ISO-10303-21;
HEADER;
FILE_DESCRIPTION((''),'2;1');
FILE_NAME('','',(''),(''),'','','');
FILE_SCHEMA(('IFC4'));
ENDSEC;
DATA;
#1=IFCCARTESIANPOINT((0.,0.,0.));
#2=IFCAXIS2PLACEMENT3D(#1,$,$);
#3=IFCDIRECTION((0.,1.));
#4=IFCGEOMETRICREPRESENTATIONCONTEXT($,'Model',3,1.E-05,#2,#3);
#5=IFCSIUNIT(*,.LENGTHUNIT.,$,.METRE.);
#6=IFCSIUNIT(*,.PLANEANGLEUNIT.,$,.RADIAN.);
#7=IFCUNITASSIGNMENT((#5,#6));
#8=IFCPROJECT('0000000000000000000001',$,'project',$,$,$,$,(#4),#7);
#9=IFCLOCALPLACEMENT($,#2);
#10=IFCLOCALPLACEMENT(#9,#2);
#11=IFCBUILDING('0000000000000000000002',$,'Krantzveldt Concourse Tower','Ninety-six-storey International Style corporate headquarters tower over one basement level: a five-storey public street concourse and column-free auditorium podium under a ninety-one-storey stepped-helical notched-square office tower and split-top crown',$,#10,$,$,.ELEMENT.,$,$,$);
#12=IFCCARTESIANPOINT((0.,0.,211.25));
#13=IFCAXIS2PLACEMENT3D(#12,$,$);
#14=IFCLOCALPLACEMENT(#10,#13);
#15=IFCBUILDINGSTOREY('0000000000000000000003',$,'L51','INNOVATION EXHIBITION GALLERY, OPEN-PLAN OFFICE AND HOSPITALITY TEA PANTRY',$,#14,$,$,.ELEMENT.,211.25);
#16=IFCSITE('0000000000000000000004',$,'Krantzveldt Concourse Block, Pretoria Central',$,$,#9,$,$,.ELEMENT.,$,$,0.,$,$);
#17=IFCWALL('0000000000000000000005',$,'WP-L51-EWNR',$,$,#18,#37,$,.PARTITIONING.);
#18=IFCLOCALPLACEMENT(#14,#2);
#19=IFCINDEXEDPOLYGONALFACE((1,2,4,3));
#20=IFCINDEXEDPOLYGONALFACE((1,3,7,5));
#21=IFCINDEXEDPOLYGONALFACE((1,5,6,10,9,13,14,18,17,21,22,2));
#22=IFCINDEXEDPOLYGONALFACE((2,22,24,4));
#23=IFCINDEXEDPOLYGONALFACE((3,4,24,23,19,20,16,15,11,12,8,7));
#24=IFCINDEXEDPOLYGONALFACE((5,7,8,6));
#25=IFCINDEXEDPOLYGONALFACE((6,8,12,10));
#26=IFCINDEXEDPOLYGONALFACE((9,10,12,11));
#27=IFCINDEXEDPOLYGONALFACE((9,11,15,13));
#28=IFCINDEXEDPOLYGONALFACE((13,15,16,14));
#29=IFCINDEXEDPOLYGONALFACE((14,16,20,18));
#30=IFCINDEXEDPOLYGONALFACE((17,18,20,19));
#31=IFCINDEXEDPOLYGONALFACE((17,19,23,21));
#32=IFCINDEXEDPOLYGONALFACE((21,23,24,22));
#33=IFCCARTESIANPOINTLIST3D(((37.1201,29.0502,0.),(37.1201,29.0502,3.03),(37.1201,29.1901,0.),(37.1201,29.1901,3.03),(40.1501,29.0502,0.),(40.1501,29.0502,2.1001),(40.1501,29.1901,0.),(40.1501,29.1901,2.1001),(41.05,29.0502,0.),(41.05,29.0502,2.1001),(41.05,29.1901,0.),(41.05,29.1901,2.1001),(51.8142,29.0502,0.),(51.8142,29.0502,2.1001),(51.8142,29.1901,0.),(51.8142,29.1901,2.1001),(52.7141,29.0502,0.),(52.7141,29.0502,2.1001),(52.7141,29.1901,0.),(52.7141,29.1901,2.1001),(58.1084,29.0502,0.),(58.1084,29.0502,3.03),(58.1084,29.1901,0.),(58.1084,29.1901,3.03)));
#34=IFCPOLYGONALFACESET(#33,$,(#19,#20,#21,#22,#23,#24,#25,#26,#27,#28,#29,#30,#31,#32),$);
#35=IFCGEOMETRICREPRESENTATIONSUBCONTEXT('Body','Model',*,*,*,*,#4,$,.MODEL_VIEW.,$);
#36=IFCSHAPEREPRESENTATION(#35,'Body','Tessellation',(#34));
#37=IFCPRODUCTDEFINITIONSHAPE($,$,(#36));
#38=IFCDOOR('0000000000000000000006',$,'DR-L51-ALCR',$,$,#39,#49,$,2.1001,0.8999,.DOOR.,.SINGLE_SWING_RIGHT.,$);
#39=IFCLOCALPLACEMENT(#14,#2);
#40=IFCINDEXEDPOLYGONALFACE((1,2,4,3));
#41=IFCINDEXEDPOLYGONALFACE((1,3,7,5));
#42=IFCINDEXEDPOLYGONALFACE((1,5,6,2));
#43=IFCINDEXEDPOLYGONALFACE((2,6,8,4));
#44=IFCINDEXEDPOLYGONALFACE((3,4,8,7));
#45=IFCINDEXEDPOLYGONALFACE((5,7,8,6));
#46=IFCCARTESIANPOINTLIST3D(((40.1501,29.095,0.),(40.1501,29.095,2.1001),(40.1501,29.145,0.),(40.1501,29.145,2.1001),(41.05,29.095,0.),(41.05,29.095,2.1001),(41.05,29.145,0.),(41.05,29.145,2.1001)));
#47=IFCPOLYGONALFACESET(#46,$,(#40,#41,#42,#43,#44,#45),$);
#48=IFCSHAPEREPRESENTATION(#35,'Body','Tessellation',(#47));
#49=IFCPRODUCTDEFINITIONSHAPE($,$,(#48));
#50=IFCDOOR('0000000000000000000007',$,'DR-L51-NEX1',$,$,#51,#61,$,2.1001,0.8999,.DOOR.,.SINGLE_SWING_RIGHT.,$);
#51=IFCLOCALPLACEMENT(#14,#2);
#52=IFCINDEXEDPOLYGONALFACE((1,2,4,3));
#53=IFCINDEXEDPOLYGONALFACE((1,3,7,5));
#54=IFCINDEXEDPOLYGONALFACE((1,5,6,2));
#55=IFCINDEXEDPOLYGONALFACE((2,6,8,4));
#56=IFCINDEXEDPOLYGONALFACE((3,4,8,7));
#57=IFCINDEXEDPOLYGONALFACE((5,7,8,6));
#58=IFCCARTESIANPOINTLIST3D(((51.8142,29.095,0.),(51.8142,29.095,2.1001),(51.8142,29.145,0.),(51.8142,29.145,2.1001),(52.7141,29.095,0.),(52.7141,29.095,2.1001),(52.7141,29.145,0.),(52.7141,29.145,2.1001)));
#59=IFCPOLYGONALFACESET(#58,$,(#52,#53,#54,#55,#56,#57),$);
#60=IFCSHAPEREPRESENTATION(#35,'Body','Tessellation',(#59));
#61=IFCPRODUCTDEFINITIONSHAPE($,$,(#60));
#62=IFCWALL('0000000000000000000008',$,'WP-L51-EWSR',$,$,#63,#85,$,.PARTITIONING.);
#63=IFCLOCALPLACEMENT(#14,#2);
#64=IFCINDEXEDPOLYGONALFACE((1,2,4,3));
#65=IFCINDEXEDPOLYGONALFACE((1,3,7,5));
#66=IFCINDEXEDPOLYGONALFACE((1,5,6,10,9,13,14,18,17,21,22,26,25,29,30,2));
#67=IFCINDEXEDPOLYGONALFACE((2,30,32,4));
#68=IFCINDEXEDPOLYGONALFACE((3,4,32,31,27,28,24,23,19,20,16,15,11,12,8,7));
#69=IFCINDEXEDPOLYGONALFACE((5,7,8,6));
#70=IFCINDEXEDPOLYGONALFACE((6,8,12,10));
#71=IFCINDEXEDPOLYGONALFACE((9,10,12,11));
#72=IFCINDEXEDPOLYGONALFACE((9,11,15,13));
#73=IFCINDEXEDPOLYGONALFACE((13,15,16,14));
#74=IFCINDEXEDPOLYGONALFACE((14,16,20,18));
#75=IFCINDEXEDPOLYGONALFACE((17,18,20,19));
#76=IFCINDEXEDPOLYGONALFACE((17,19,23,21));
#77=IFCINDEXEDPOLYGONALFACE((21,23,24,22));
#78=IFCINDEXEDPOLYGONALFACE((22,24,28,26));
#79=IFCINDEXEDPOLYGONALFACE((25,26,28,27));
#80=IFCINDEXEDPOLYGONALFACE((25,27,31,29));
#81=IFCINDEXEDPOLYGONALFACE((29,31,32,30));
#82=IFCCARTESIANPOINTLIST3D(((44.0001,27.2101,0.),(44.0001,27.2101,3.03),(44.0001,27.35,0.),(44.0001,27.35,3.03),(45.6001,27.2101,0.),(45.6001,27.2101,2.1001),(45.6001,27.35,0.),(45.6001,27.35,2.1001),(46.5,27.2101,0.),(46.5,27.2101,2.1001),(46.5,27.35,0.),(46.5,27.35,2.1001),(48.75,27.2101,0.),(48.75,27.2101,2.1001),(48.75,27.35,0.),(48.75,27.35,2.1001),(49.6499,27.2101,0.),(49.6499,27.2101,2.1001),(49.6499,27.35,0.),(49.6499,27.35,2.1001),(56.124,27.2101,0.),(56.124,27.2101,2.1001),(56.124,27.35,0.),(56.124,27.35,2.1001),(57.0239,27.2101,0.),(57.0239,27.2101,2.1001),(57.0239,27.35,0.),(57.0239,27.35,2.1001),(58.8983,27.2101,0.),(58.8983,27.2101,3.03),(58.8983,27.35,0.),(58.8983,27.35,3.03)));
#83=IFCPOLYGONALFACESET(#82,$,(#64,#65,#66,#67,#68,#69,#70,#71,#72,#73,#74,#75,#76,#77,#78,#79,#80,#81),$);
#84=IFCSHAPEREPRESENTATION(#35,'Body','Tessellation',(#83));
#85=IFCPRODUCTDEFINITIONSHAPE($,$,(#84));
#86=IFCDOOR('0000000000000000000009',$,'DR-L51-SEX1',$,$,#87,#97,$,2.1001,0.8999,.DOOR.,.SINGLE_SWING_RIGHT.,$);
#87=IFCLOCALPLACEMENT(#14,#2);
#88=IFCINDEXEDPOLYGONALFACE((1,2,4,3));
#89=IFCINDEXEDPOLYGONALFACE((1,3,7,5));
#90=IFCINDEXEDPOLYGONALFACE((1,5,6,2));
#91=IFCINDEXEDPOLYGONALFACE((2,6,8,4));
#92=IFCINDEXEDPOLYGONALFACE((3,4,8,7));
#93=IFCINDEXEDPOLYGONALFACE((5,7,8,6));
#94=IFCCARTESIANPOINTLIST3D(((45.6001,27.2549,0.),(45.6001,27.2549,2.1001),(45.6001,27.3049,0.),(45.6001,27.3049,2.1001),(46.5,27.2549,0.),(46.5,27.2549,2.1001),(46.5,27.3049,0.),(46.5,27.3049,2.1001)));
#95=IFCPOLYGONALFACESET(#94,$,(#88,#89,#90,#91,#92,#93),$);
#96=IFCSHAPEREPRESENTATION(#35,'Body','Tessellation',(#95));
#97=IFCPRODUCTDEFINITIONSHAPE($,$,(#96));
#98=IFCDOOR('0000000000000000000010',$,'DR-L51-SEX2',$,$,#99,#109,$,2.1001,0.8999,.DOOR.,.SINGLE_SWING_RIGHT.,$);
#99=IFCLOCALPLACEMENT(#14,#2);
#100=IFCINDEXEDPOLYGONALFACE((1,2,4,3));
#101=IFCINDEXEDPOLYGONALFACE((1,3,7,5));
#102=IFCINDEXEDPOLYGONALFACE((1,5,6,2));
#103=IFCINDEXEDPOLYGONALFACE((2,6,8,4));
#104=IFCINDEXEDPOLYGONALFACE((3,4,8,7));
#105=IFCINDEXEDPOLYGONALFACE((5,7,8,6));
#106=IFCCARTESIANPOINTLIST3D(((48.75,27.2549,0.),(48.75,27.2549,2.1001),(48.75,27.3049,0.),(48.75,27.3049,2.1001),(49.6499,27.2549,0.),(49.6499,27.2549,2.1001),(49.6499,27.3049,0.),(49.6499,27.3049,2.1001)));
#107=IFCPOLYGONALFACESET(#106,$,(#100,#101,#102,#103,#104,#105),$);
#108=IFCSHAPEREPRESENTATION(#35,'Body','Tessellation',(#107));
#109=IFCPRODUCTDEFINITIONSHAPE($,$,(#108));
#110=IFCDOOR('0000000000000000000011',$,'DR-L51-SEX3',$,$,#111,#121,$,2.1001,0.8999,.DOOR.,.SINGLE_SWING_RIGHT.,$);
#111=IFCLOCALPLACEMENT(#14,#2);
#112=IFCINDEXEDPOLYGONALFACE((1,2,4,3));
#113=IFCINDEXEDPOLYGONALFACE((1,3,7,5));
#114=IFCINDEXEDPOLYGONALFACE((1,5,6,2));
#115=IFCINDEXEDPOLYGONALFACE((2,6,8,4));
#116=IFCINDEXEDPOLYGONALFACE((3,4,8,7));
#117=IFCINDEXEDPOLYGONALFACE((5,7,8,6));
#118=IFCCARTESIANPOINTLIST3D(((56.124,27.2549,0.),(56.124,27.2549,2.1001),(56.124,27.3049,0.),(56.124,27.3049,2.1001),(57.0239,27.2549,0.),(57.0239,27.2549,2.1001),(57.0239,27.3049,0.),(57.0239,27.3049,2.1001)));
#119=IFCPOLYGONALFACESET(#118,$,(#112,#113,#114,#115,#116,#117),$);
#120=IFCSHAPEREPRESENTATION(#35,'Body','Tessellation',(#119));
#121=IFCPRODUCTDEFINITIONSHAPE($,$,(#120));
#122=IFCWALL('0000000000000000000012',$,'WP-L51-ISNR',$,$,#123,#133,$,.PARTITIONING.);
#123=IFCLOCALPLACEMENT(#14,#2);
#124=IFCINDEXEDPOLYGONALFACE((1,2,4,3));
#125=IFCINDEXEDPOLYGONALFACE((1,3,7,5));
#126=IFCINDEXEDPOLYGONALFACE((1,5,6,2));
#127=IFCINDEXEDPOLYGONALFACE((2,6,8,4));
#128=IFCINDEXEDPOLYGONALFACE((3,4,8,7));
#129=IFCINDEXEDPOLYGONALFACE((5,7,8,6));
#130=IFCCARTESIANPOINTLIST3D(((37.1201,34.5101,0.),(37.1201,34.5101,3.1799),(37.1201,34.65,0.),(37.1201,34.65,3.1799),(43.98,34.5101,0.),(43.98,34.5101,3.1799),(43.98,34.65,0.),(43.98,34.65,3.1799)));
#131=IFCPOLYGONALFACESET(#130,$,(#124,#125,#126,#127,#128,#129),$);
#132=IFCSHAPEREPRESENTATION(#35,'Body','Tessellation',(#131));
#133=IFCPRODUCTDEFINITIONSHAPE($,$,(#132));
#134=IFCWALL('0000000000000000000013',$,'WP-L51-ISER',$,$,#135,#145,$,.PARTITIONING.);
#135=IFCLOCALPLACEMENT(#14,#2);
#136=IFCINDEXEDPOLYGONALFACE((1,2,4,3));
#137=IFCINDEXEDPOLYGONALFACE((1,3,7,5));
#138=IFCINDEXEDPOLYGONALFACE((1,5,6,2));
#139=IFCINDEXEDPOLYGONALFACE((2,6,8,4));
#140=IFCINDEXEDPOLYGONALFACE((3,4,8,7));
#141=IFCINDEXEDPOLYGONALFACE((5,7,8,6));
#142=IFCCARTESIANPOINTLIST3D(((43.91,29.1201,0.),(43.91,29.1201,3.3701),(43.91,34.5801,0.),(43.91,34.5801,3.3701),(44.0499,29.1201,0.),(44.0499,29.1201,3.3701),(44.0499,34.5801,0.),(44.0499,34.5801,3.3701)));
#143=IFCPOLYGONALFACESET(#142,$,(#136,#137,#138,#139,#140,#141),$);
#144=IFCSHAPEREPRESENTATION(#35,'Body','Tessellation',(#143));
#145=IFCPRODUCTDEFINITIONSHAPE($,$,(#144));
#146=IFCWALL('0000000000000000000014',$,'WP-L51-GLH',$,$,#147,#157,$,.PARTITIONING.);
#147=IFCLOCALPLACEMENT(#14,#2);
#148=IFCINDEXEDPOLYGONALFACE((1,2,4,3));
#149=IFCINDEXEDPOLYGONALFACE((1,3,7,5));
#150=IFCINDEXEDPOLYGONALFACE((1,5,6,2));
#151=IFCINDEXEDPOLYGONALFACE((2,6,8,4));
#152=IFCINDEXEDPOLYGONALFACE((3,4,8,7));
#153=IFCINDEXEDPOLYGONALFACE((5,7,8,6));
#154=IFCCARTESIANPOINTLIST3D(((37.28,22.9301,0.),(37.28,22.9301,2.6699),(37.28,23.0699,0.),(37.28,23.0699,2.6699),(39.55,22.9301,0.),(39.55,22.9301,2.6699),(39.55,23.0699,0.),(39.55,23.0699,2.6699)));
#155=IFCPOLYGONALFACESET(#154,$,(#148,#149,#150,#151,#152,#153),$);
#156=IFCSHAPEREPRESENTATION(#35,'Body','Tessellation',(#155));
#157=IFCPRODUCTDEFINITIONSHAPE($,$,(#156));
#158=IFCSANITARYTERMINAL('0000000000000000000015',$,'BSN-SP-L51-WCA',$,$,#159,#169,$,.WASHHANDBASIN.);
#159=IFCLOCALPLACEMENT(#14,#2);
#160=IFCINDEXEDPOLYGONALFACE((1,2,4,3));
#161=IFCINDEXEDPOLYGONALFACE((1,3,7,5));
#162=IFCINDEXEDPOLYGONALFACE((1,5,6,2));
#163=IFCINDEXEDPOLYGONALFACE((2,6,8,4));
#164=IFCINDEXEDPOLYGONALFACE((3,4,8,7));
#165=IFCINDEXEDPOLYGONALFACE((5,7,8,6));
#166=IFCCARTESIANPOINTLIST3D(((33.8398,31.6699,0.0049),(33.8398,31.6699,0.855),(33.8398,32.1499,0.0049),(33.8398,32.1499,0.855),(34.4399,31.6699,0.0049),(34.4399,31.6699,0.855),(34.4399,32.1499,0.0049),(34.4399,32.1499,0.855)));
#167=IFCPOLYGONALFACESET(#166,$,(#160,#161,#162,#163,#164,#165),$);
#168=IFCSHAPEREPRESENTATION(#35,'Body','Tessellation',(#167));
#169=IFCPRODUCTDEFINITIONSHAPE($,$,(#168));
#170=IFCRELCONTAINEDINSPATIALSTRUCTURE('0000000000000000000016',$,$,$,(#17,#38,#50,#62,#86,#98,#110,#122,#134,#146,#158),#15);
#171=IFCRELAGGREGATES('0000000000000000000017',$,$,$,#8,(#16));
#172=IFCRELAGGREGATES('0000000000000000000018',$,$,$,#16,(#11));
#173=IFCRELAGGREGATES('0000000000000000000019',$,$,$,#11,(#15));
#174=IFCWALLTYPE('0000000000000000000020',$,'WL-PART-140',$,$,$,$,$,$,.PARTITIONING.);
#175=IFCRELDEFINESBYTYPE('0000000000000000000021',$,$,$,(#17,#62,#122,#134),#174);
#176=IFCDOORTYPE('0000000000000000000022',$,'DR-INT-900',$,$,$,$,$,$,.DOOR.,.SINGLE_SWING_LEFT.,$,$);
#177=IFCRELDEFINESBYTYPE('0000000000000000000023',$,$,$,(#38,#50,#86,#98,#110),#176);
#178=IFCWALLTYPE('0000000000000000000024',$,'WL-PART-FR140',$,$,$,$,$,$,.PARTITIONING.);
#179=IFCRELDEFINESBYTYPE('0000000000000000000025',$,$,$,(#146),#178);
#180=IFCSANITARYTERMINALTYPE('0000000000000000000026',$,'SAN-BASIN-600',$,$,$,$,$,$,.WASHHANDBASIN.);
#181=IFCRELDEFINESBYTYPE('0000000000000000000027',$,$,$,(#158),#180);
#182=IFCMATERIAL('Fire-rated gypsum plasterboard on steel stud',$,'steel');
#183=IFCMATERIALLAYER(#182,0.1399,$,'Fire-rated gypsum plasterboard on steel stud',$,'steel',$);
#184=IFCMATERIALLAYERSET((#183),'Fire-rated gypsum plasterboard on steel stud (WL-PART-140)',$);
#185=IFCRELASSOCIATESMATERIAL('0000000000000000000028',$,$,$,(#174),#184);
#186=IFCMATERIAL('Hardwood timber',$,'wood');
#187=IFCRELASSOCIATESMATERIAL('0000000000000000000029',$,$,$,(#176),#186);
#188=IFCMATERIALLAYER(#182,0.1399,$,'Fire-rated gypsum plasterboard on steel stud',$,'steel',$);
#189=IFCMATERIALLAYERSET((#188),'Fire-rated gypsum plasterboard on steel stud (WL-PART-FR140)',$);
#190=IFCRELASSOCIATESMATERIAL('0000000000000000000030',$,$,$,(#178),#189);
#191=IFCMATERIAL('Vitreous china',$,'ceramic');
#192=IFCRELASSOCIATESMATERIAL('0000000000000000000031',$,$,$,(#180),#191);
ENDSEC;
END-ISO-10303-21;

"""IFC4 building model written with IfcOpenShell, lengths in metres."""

from ifc_helpers import new_model, si_unit, direction, frame, frame_2d, origin, origin_2d, place, context, subcontext, project, spatial, rectangle, extrude, source, transform, mapped, material, layer, layer_set, type_object, type_shapes, element, fill, save


model = new_model("IFC4")

# Units and contexts
model_context = context("Model", 3, precision=1e-05, world=origin(), true_north=direction((0.0, 1.0)))
body_context = subcontext(model_context, "Body", "Model", "MODEL_VIEW")
ifc_project = project(units=[si_unit("LENGTHUNIT", "METRE"), si_unit("PLANEANGLEUNIT", "RADIAN")], contexts=[model_context])

# Site, building, storey
site_placement = place(None, origin())
site = spatial("IfcSite", under=ifc_project, at=site_placement, Name="Krantzveldt Concourse Block, Pretoria Central", CompositionType="ELEMENT", RefElevation=0.0)
building_placement = place(site_placement, origin())
building = spatial("IfcBuilding", under=site, at=building_placement, Name="Krantzveldt Concourse Tower", Description="Ninety-six-storey International Style corporate headquarters tower over one basement level: a five-storey public street concourse and column-free auditorium podium under a ninety-one-storey stepped-helical notched-square office tower and split-top crown", CompositionType="ELEMENT")
storey_placement = place(building_placement, frame((0.0, 0.0, 211.25)))
storey = spatial("IfcBuildingStorey", under=building, at=storey_placement, Name="L51", Description="INNOVATION EXHIBITION GALLERY, OPEN-PLAN OFFICE AND HOSPITALITY TEA PANTRY", CompositionType="ELEMENT", Elevation=211.25)

# Shared definitions
ifc_material_1 = material(Name="Fire-rated gypsum plasterboard on steel stud", Category="steel")

# Walls, openings, doors
ifc_layer_1 = layer(ifc_material_1, 0.1399, Name="Fire-rated gypsum plasterboard on steel stud", Category="steel")
ifc_layer_set_1 = layer_set([ifc_layer_1], Name="Fire-rated gypsum plasterboard on steel stud (WL-PART-140)")
wall_type_1 = type_object("IfcWallType", Name="WL-PART-140", PredefinedType="PARTITIONING", material=ifc_layer_set_1)
ifc_material_2 = material(Name="Hardwood timber", Category="wood")
door_type_1 = type_object("IfcDoorType", Name="DR-INT-900", OperationType="SINGLE_SWING_LEFT", PredefinedType="DOOR", material=ifc_material_2)
wall_1_placement = place(storey_placement, frame((37.1201, 29.1201, 0.0), z_axis=(0.0, 0.0, 1.0), x_axis=(1.0, 0.0, 0.0)))
wall_1 = element("IfcWall", 1, at=wall_1_placement, inside=storey, type_object=wall_type_1, Name="WP-L51-EWNR", PredefinedType="PARTITIONING", context=body_context, shape_type="SweptSolid", body=[
    extrude(rectangle(XDim=20.9883, YDim=0.1399, at=frame_2d((10.4941, 0.0))), origin(), (0.0, 0.0, 1.0), 3.03),
])
opening_1_placement = place(wall_1_placement, frame((3.03, 0.0, 0.0)))
opening_1 = element("IfcOpeningElement", 2, at=opening_1_placement, cuts=wall_1, PredefinedType="OPENING", context=body_context, shape_type="SweptSolid", body=[
    extrude(rectangle(XDim=0.8999, YDim=2.1001, at=frame_2d((0.45, 1.05))), frame((0.0, 0.0801, 0.0), z_axis=(0.0, -1.0, 0.0), x_axis=(1.0, 0.0, 0.0)), (0.0, 0.0, 1.0), 0.1599),
])
opening_2_placement = place(wall_1_placement, frame((14.6941, 0.0, 0.0)))
opening_2 = element("IfcOpeningElement", 3, at=opening_2_placement, cuts=wall_1, PredefinedType="OPENING", context=body_context, shape_type="SweptSolid", body=[
    extrude(rectangle(XDim=0.8999, YDim=2.1001, at=frame_2d((0.45, 1.05))), frame((0.0, 0.0801, 0.0), z_axis=(0.0, -1.0, 0.0), x_axis=(1.0, 0.0, 0.0)), (0.0, 0.0, 1.0), 0.1599),
])
door_1_placement = place(opening_1_placement, origin())
door_1 = element("IfcDoor", 4, at=door_1_placement, inside=storey, type_object=door_type_1, Name="DR-L51-ALCR", OperationType="SINGLE_SWING_RIGHT", OverallHeight=2.1001, OverallWidth=0.8999, PredefinedType="DOOR", context=body_context, shape_type="SweptSolid", body=[
    extrude(rectangle(XDim=0.8999, YDim=2.1001, at=frame_2d((0.45, 1.05))), frame((0.0, 0.0249, 0.0), z_axis=(0.0, -1.0, 0.0), x_axis=(1.0, 0.0, 0.0)), (0.0, 0.0, 1.0), 0.05),
])
fill(opening_1, door_1)
door_2_placement = place(opening_2_placement, origin())
door_2 = element("IfcDoor", 5, at=door_2_placement, inside=storey, type_object=door_type_1, Name="DR-L51-NEX1", OperationType="SINGLE_SWING_RIGHT", OverallHeight=2.1001, OverallWidth=0.8999, PredefinedType="DOOR", context=body_context, shape_type="SweptSolid", body=[
    extrude(rectangle(XDim=0.8999, YDim=2.1001, at=frame_2d((0.45, 1.05))), frame((0.0, 0.0249, 0.0), z_axis=(0.0, -1.0, 0.0), x_axis=(1.0, 0.0, 0.0)), (0.0, 0.0, 1.0), 0.05),
])
fill(opening_2, door_2)
wall_2_placement = place(storey_placement, frame((44.0, 27.28, 0.0), z_axis=(0.0, 0.0, 1.0), x_axis=(1.0, 0.0, 0.0)))
wall_2 = element("IfcWall", 6, at=wall_2_placement, inside=storey, type_object=wall_type_1, Name="WP-L51-EWSR", PredefinedType="PARTITIONING", context=body_context, shape_type="SweptSolid", body=[
    extrude(rectangle(XDim=14.8982, YDim=0.1399, at=frame_2d((7.4492, 0.0))), origin(), (0.0, 0.0, 1.0), 3.03),
])
opening_3_placement = place(wall_2_placement, frame((1.6001, 0.0, 0.0)))
opening_3 = element("IfcOpeningElement", 7, at=opening_3_placement, cuts=wall_2, PredefinedType="OPENING", context=body_context, shape_type="SweptSolid", body=[
    extrude(rectangle(XDim=0.8999, YDim=2.1001, at=frame_2d((0.45, 1.05))), frame((0.0, 0.0801, 0.0), z_axis=(0.0, -1.0, 0.0), x_axis=(1.0, 0.0, 0.0)), (0.0, 0.0, 1.0), 0.1599),
])
opening_4_placement = place(wall_2_placement, frame((4.75, 0.0, 0.0)))
opening_4 = element("IfcOpeningElement", 8, at=opening_4_placement, cuts=wall_2, PredefinedType="OPENING", context=body_context, shape_type="SweptSolid", body=[
    extrude(rectangle(XDim=0.8999, YDim=2.1001, at=frame_2d((0.45, 1.05))), frame((0.0, 0.0801, 0.0), z_axis=(0.0, -1.0, 0.0), x_axis=(1.0, 0.0, 0.0)), (0.0, 0.0, 1.0), 0.1599),
])
opening_5_placement = place(wall_2_placement, frame((12.124, 0.0, 0.0)))
opening_5 = element("IfcOpeningElement", 9, at=opening_5_placement, cuts=wall_2, PredefinedType="OPENING", context=body_context, shape_type="SweptSolid", body=[
    extrude(rectangle(XDim=0.8999, YDim=2.1001, at=frame_2d((0.45, 1.05))), frame((0.0, 0.0801, 0.0), z_axis=(0.0, -1.0, 0.0), x_axis=(1.0, 0.0, 0.0)), (0.0, 0.0, 1.0), 0.1599),
])
door_3_placement = place(opening_3_placement, origin())
door_3 = element("IfcDoor", 10, at=door_3_placement, inside=storey, type_object=door_type_1, Name="DR-L51-SEX1", OperationType="SINGLE_SWING_RIGHT", OverallHeight=2.1001, OverallWidth=0.8999, PredefinedType="DOOR", context=body_context, shape_type="SweptSolid", body=[
    extrude(rectangle(XDim=0.8999, YDim=2.1001, at=frame_2d((0.45, 1.05))), frame((0.0, 0.0249, 0.0), z_axis=(0.0, -1.0, 0.0), x_axis=(1.0, 0.0, 0.0)), (0.0, 0.0, 1.0), 0.05),
])
fill(opening_3, door_3)
door_4_placement = place(opening_4_placement, origin())
door_4 = element("IfcDoor", 11, at=door_4_placement, inside=storey, type_object=door_type_1, Name="DR-L51-SEX2", OperationType="SINGLE_SWING_RIGHT", OverallHeight=2.1001, OverallWidth=0.8999, PredefinedType="DOOR", context=body_context, shape_type="SweptSolid", body=[
    extrude(rectangle(XDim=0.8999, YDim=2.1001, at=frame_2d((0.45, 1.05))), frame((0.0, 0.0249, 0.0), z_axis=(0.0, -1.0, 0.0), x_axis=(1.0, 0.0, 0.0)), (0.0, 0.0, 1.0), 0.05),
])
fill(opening_4, door_4)
door_5_placement = place(opening_5_placement, origin())
door_5 = element("IfcDoor", 12, at=door_5_placement, inside=storey, type_object=door_type_1, Name="DR-L51-SEX3", OperationType="SINGLE_SWING_RIGHT", OverallHeight=2.1001, OverallWidth=0.8999, PredefinedType="DOOR", context=body_context, shape_type="SweptSolid", body=[
    extrude(rectangle(XDim=0.8999, YDim=2.1001, at=frame_2d((0.45, 1.05))), frame((0.0, 0.0249, 0.0), z_axis=(0.0, -1.0, 0.0), x_axis=(1.0, 0.0, 0.0)), (0.0, 0.0, 1.0), 0.05),
])
fill(opening_5, door_5)

# Walls
wall_3_placement = place(storey_placement, frame((37.1201, 34.5801, 0.0), z_axis=(0.0, 0.0, 1.0), x_axis=(1.0, 0.0, 0.0)))
element("IfcWall", 13, at=wall_3_placement, inside=storey, type_object=wall_type_1, Name="WP-L51-ISNR", PredefinedType="PARTITIONING", context=body_context, shape_type="SweptSolid", body=[
    extrude(rectangle(XDim=6.8599, YDim=0.1399, at=frame_2d((3.4299, 0.0))), origin(), (0.0, 0.0, 1.0), 3.1799),
])
wall_4_placement = place(storey_placement, frame((43.98, 29.1201, 0.0), z_axis=(0.0, 0.0, 1.0), x_axis=(0.0, 1.0, 0.0)))
element("IfcWall", 14, at=wall_4_placement, inside=storey, type_object=wall_type_1, Name="WP-L51-ISER", PredefinedType="PARTITIONING", context=body_context, shape_type="SweptSolid", body=[
    extrude(rectangle(XDim=5.46, YDim=0.1399, at=frame_2d((2.73, 0.0))), origin(), (0.0, 0.0, 1.0), 3.3701),
])
ifc_layer_2 = layer(ifc_material_1, 0.1399, Name="Fire-rated gypsum plasterboard on steel stud", Category="steel")
ifc_layer_set_2 = layer_set([ifc_layer_2], Name="Fire-rated gypsum plasterboard on steel stud (WL-PART-FR140)")
wall_type_2 = type_object("IfcWallType", Name="WL-PART-FR140", PredefinedType="PARTITIONING", material=ifc_layer_set_2)
wall_5_placement = place(storey_placement, frame((37.28, 23.0, 0.0), z_axis=(0.0, 0.0, 1.0), x_axis=(1.0, 0.0, 0.0)))
element("IfcWall", 15, at=wall_5_placement, inside=storey, type_object=wall_type_2, Name="WP-L51-GLH", PredefinedType="PARTITIONING", context=body_context, shape_type="SweptSolid", body=[
    extrude(rectangle(XDim=2.27, YDim=0.1399, at=frame_2d((1.135, 0.0))), origin(), (0.0, 0.0, 1.0), 2.6699),
])

# Sanitary terminal
ifc_material_3 = material(Name="Vitreous china", Category="ceramic")
sanitary_terminal_type = type_object("IfcSanitaryTerminalType", Name="SAN-BASIN-600", PredefinedType="WASHHANDBASIN", material=ifc_material_3)
shared_shape_1 = source(origin(), body_context, "Body", "SweptSolid", [
    extrude(rectangle(XDim=0.6001, YDim=0.48, at=origin_2d()), origin(), (0.0, 0.0, 1.0), 0.8501),
])
type_shapes(sanitary_terminal_type, [shared_shape_1])
sanitary_terminal_placement = place(storey_placement, frame((34.1399, 31.9099, 0.0049), z_axis=(0.0, 0.0, 1.0), x_axis=(1.0, 0.0, 0.0)))
element("IfcSanitaryTerminal", 16, at=sanitary_terminal_placement, inside=storey, type_object=sanitary_terminal_type, Name="BSN-SP-L51-WCA", PredefinedType="WASHHANDBASIN", context=body_context, shape_type="MappedRepresentation", body=[
    mapped(shared_shape_1, transform((0.0, 0.0, 0.0), x_axis=(1.0, 0.0, 0.0), y_axis=(0.0, 1.0, 0.0), z_axis=(0.0, 0.0, 1.0), scale=1.0)),
])

save(model, "model.ifc")
